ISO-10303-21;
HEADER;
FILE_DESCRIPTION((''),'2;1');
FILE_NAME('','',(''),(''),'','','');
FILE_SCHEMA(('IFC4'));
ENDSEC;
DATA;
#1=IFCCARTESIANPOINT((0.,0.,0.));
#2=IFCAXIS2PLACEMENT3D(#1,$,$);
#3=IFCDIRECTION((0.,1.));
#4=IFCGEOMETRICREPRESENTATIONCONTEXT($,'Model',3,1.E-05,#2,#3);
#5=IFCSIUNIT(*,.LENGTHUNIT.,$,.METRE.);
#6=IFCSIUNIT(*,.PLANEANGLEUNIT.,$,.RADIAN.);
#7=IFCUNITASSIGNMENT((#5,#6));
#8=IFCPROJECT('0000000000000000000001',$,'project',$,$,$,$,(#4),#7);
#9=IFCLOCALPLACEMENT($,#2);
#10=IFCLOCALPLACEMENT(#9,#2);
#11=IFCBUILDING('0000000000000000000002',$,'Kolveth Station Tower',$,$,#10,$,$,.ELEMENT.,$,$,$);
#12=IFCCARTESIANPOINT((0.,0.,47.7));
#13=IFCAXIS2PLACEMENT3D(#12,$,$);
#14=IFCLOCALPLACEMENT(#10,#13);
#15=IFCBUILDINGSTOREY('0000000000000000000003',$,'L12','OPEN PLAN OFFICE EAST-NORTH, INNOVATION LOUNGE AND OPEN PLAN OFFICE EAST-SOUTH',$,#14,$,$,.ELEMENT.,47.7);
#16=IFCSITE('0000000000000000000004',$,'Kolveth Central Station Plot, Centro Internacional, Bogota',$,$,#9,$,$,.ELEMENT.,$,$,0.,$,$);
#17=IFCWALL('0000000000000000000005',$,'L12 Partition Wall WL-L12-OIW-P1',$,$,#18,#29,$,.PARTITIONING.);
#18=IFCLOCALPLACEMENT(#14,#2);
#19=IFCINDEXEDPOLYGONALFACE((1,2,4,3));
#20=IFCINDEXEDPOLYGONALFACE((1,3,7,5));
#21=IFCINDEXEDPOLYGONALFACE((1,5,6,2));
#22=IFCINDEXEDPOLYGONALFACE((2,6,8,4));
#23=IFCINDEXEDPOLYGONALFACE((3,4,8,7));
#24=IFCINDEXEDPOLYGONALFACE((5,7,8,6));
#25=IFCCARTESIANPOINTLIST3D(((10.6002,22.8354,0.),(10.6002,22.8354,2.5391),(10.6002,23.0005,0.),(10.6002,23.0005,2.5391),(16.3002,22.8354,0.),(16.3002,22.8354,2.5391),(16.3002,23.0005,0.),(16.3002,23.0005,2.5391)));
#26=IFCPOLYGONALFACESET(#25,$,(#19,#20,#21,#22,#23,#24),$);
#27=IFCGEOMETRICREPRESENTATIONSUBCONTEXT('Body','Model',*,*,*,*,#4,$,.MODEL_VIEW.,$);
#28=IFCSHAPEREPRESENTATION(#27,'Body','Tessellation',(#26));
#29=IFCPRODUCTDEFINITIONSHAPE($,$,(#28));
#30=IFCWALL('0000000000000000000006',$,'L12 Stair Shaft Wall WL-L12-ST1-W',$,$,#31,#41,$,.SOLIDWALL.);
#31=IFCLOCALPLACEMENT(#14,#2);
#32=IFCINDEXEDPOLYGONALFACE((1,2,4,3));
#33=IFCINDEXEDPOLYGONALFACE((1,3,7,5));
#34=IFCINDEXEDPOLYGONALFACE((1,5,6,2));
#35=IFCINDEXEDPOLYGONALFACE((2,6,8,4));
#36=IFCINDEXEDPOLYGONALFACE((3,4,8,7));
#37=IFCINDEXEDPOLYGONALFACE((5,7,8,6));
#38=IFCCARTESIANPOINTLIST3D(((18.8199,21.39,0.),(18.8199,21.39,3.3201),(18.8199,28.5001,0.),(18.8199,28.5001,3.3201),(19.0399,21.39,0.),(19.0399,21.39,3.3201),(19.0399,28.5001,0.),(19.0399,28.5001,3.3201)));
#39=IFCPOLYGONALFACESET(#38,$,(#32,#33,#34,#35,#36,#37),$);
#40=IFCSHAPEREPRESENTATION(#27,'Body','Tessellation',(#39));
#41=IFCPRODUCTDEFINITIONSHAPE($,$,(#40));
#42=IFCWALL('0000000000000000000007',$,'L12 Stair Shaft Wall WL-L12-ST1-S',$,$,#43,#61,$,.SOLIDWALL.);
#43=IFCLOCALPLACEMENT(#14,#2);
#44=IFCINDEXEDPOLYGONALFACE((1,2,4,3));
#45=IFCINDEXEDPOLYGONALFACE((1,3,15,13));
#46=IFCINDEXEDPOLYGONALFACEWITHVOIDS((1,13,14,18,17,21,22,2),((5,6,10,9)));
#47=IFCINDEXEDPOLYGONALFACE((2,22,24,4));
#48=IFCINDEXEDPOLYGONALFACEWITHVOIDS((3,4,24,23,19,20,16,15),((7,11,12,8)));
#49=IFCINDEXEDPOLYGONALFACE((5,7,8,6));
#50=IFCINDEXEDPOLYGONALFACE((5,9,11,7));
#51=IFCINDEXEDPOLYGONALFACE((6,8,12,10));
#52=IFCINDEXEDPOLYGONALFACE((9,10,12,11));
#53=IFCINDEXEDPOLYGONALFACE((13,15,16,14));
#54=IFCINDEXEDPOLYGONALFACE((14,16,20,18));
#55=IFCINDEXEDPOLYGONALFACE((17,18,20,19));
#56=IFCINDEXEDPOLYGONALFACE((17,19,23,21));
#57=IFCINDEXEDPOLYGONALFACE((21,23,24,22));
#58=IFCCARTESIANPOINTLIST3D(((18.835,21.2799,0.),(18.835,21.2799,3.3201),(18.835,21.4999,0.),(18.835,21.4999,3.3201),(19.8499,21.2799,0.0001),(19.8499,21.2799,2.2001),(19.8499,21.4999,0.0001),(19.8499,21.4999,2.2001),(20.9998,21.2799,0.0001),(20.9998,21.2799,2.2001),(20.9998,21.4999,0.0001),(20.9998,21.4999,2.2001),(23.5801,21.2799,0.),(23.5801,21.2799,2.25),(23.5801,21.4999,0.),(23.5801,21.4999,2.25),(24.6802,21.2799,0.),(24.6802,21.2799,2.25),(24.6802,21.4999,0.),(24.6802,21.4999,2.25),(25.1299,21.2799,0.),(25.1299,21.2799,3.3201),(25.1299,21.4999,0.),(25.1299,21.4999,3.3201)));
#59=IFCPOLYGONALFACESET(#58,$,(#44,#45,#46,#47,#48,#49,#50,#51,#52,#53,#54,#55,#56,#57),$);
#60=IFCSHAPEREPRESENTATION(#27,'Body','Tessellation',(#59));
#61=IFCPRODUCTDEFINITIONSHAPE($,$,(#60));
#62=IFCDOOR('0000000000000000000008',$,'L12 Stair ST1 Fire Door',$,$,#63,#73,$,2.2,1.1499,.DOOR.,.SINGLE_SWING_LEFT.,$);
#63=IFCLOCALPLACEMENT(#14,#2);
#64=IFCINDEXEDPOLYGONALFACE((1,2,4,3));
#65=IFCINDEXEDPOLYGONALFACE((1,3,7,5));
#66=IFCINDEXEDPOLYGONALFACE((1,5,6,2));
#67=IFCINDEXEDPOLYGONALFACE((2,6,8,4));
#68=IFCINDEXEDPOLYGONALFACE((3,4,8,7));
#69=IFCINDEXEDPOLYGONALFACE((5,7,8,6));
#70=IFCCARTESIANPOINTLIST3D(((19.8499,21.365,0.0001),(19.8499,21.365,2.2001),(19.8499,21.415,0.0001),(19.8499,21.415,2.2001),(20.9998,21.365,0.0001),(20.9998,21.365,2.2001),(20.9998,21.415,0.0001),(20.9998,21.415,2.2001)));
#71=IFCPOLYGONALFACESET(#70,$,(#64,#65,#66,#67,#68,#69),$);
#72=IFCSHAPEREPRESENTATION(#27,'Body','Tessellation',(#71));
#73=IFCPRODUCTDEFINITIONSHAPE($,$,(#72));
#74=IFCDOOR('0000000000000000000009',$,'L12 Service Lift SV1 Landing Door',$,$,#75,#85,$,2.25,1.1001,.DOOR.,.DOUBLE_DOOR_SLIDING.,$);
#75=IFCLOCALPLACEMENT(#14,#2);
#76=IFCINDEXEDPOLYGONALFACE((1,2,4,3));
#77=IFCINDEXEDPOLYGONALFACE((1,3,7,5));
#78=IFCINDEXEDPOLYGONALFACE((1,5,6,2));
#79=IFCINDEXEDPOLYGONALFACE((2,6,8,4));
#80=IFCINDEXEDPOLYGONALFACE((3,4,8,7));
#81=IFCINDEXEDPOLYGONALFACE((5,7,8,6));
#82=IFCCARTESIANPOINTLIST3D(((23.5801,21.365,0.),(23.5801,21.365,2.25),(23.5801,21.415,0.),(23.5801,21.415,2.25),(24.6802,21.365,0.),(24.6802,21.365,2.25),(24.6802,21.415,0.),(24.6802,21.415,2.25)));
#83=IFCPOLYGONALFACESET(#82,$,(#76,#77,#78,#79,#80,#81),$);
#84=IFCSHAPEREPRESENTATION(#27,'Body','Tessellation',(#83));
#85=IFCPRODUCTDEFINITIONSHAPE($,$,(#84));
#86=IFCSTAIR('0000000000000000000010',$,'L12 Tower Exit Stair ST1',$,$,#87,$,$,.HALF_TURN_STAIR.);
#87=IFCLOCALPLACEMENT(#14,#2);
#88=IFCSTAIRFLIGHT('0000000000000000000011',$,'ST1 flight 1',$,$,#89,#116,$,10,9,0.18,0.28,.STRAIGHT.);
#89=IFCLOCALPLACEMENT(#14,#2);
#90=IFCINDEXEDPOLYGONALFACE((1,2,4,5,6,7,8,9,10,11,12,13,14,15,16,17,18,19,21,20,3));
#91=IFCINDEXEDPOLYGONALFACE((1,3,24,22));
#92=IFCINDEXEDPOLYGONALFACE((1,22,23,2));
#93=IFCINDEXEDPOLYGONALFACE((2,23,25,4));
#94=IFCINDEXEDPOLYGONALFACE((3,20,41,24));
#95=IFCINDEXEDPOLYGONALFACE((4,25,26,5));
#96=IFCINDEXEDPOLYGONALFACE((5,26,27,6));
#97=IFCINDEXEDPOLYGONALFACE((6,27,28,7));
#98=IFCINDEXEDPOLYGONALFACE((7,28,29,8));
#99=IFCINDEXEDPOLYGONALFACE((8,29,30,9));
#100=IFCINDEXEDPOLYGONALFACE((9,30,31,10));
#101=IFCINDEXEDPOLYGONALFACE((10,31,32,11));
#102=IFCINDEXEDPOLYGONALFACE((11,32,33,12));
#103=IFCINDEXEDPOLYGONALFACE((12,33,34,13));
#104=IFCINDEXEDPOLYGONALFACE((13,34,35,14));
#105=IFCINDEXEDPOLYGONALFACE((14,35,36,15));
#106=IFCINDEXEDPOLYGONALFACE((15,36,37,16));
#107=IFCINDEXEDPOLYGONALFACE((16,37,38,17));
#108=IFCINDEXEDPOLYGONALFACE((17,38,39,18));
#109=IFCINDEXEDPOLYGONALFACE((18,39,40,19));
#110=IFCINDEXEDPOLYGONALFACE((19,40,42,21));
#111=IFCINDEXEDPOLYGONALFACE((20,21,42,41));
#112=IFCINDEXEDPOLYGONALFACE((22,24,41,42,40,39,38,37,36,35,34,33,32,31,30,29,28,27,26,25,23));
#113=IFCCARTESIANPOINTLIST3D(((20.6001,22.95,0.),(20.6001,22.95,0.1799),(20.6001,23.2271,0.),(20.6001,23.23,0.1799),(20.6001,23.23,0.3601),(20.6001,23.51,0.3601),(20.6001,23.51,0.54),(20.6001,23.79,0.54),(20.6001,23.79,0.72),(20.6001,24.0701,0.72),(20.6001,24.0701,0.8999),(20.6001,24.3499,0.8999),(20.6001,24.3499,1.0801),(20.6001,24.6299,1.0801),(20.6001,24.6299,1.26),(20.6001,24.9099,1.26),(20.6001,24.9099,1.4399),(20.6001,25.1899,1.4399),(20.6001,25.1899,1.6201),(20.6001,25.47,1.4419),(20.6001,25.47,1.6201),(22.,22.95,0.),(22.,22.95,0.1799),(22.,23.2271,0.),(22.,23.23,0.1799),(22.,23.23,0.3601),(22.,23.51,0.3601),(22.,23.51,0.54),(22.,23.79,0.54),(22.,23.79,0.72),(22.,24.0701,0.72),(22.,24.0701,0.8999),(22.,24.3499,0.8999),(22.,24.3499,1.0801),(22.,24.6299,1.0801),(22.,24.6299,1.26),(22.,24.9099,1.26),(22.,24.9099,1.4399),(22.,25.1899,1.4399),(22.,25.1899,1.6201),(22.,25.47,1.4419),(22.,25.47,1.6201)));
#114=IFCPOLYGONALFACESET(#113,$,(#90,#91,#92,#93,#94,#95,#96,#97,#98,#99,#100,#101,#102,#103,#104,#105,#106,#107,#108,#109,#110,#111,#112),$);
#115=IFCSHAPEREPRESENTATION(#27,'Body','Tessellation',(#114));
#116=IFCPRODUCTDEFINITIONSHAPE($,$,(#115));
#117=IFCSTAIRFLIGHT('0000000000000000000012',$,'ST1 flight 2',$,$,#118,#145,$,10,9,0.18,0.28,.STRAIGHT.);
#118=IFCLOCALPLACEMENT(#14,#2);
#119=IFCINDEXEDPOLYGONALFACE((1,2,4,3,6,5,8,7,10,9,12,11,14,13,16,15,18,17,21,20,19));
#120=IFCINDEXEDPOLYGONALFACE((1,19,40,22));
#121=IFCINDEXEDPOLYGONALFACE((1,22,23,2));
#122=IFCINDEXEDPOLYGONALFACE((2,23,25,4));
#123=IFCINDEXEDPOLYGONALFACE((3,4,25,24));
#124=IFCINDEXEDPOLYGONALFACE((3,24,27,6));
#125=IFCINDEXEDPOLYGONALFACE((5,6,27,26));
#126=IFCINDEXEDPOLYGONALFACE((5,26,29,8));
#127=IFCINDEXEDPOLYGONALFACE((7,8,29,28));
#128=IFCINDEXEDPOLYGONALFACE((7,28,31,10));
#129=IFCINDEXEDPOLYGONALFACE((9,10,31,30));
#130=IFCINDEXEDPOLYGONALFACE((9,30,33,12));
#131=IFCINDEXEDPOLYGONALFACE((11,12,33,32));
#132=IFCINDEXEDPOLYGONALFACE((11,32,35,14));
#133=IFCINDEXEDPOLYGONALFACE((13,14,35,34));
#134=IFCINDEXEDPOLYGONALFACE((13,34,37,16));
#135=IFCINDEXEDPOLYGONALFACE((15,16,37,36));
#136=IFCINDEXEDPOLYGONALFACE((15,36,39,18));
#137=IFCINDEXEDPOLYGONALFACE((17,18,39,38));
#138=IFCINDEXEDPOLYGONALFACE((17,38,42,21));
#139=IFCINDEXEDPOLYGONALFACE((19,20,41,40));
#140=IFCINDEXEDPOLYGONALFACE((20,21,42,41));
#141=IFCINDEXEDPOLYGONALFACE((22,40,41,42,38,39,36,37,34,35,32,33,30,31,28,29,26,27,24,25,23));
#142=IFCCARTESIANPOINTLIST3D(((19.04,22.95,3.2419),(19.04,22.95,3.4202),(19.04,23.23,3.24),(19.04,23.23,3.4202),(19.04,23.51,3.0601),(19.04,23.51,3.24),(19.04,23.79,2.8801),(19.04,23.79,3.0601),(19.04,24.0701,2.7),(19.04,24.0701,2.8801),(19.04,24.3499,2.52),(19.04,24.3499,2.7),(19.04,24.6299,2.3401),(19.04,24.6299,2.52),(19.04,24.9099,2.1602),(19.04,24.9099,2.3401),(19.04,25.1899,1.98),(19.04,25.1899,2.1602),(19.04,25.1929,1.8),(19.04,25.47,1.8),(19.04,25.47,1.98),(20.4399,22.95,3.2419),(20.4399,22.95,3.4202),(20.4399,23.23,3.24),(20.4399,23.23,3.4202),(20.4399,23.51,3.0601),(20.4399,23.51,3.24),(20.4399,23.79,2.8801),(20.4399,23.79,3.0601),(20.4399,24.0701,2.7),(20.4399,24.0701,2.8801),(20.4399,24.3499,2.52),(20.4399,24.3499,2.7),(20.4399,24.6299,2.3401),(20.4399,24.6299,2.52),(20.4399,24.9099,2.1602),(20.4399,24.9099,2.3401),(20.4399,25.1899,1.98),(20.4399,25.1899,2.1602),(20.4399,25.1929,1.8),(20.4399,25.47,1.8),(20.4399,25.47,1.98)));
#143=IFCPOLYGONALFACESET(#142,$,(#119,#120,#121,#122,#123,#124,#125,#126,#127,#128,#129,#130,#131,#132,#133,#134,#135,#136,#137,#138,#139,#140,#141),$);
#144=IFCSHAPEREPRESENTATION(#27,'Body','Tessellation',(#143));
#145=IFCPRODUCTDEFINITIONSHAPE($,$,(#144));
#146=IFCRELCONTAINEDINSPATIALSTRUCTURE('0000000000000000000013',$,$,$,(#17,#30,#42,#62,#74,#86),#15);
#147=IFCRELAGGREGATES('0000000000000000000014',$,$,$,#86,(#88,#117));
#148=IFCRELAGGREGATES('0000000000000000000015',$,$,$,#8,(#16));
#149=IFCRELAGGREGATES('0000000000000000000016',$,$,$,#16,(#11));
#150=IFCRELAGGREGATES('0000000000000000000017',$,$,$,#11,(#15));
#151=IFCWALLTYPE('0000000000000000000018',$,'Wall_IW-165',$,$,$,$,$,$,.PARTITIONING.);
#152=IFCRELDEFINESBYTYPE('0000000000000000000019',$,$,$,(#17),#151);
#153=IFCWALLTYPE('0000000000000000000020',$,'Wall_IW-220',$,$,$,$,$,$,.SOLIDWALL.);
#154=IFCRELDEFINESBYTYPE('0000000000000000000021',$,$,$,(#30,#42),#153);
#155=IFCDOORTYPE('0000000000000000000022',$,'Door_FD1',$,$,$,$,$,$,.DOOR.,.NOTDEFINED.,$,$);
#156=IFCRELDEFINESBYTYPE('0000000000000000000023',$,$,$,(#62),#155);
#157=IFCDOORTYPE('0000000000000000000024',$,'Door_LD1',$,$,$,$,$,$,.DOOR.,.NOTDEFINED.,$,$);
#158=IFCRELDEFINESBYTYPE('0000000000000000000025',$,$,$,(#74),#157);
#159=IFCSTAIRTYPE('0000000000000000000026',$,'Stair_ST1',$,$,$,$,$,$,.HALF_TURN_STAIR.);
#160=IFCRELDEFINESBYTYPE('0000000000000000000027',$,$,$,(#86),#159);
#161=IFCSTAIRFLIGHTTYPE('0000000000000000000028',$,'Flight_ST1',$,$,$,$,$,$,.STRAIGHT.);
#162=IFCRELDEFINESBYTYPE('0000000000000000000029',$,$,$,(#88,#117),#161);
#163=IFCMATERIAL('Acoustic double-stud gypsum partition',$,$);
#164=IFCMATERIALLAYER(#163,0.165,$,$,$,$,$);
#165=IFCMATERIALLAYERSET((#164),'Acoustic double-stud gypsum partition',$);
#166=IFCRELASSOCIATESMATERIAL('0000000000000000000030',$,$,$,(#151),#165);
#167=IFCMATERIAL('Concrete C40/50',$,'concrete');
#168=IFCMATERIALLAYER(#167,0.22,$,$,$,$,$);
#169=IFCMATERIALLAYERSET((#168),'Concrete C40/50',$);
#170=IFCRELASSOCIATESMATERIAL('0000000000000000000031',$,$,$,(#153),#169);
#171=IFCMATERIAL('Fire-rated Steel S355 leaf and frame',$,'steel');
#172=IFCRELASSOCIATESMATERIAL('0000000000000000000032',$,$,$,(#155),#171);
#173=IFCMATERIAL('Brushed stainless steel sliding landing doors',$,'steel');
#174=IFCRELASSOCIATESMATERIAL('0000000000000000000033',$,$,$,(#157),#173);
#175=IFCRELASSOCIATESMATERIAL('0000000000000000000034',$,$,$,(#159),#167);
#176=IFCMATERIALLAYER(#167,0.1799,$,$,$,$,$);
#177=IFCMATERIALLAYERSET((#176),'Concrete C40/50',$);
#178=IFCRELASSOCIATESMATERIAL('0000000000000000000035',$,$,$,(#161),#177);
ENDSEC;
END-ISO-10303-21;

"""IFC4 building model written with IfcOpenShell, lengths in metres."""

from ifc_helpers import new_model, si_unit, direction, frame, frame_2d, origin, place, context, subcontext, project, spatial, polyline, rectangle, outline, extrude, material, layer, layer_set, type_object, element, fill, aggregate, save


model = new_model("IFC4")

# Units and contexts
model_context = context("Model", 3, precision=1e-05, world=origin(), true_north=direction((0.0, 1.0)))
body_context = subcontext(model_context, "Body", "Model", "MODEL_VIEW")
ifc_project = project(units=[si_unit("LENGTHUNIT", "METRE"), si_unit("PLANEANGLEUNIT", "RADIAN")], contexts=[model_context])

# Site, building, storey
site_placement = place(None, origin())
site = spatial("IfcSite", under=ifc_project, at=site_placement, Name="Kolveth Central Station Plot, Centro Internacional, Bogota", CompositionType="ELEMENT", RefElevation=0.0)
building_placement = place(site_placement, origin())
building = spatial("IfcBuilding", under=site, at=building_placement, Name="Kolveth Station Tower", CompositionType="ELEMENT")
storey_placement = place(building_placement, frame((0.0, 0.0, 47.7)))
storey = spatial("IfcBuildingStorey", under=building, at=storey_placement, Name="L12", Description="OPEN PLAN OFFICE EAST-NORTH, INNOVATION LOUNGE AND OPEN PLAN OFFICE EAST-SOUTH", CompositionType="ELEMENT", Elevation=47.7)

# Walls
ifc_material_1 = material(Name="Acoustic double-stud gypsum partition")
ifc_layer_1 = layer(ifc_material_1, 0.165)
ifc_layer_set_1 = layer_set([ifc_layer_1], Name="Acoustic double-stud gypsum partition")
wall_type_1 = type_object("IfcWallType", Name="Wall_IW-165", PredefinedType="PARTITIONING", material=ifc_layer_set_1)
wall_1_placement = place(storey_placement, frame((10.6001, 22.918, 0.0), z_axis=(0.0, 0.0, 1.0), x_axis=(1.0, 0.0, 0.0)))
element("IfcWall", 1, at=wall_1_placement, inside=storey, type_object=wall_type_1, Name="L12 Partition Wall WL-L12-OIW-P1", PredefinedType="PARTITIONING", context=body_context, shape_type="SweptSolid", body=[
    extrude(rectangle(XDim=5.7, YDim=0.165, at=frame_2d((2.8501, 0.0))), origin(), (0.0, 0.0, 1.0), 2.5391),
])
ifc_material_2 = material(Name="Concrete C40/50", Category="concrete")
ifc_layer_2 = layer(ifc_material_2, 0.22)
ifc_layer_set_2 = layer_set([ifc_layer_2], Name="Concrete C40/50")
wall_type_2 = type_object("IfcWallType", Name="Wall_IW-220", PredefinedType="SOLIDWALL", material=ifc_layer_set_2)
wall_2_placement = place(storey_placement, frame((18.9299, 21.3899, 0.0), z_axis=(0.0, 0.0, 1.0), x_axis=(0.0, 1.0, 0.0)))
element("IfcWall", 2, at=wall_2_placement, inside=storey, type_object=wall_type_2, Name="L12 Stair Shaft Wall WL-L12-ST1-W", PredefinedType="SOLIDWALL", context=body_context, shape_type="SweptSolid", body=[
    extrude(rectangle(XDim=7.1101, YDim=0.22, at=frame_2d((3.5552, 0.0))), origin(), (0.0, 0.0, 1.0), 3.3201),
])

# Wall, openings, doors
wall_3_placement = place(storey_placement, frame((18.835, 21.3899, 0.0), z_axis=(0.0, 0.0, 1.0), x_axis=(1.0, 0.0, 0.0)))
wall_3 = element("IfcWall", 3, at=wall_3_placement, inside=storey, type_object=wall_type_2, Name="L12 Stair Shaft Wall WL-L12-ST1-S", PredefinedType="SOLIDWALL", context=body_context, shape_type="SweptSolid", body=[
    extrude(rectangle(XDim=6.2949, YDim=0.22, at=frame_2d((3.1475, 0.0))), origin(), (0.0, 0.0, 1.0), 3.3201),
])
opening_1_placement = place(wall_3_placement, frame((1.0149, 0.0, 0.0)))
opening_1 = element("IfcOpeningElement", 4, at=opening_1_placement, cuts=wall_3, PredefinedType="OPENING", context=body_context, shape_type="SweptSolid", body=[
    extrude(rectangle(XDim=1.1499, YDim=2.2, at=frame_2d((0.575, 1.1001))), frame((0.0, 0.1199, 0.0), z_axis=(0.0, -1.0, 0.0), x_axis=(1.0, 0.0, 0.0)), (0.0, 0.0, 1.0), 0.24),
])
opening_2_placement = place(wall_3_placement, frame((4.7451, 0.0, 0.0)))
opening_2 = element("IfcOpeningElement", 5, at=opening_2_placement, cuts=wall_3, PredefinedType="OPENING", context=body_context, shape_type="SweptSolid", body=[
    extrude(rectangle(XDim=1.1001, YDim=2.25, at=frame_2d((0.55, 1.125))), frame((0.0, 0.1199, 0.0), z_axis=(0.0, -1.0, 0.0), x_axis=(1.0, 0.0, 0.0)), (0.0, 0.0, 1.0), 0.24),
])
ifc_material_3 = material(Name="Fire-rated Steel S355 leaf and frame", Category="steel")
door_type_1 = type_object("IfcDoorType", Name="Door_FD1", OperationType="NOTDEFINED", PredefinedType="DOOR", material=ifc_material_3)
door_1_placement = place(opening_1_placement, frame((1.1499, 0.0, 0.0), z_axis=(0.0, 0.0, 1.0), x_axis=(-1.0, 0.0, 0.0)))
door_1 = element("IfcDoor", 6, at=door_1_placement, inside=storey, type_object=door_type_1, Name="L12 Stair ST1 Fire Door", OperationType="SINGLE_SWING_LEFT", OverallHeight=2.2, OverallWidth=1.1499, PredefinedType="DOOR", context=body_context, shape_type="SweptSolid", body=[
    extrude(rectangle(XDim=1.1499, YDim=2.2, at=frame_2d((0.575, 1.1001))), frame((0.0, 0.0249, 0.0), z_axis=(0.0, -1.0, 0.0), x_axis=(1.0, 0.0, 0.0)), (0.0, 0.0, 1.0), 0.05),
])
fill(opening_1, door_1)
ifc_material_4 = material(Name="Brushed stainless steel sliding landing doors", Category="steel")
door_type_2 = type_object("IfcDoorType", Name="Door_LD1", OperationType="NOTDEFINED", PredefinedType="DOOR", material=ifc_material_4)
door_2_placement = place(opening_2_placement, frame((1.1001, 0.0, 0.0), z_axis=(0.0, 0.0, 1.0), x_axis=(-1.0, 0.0, 0.0)))
door_2 = element("IfcDoor", 7, at=door_2_placement, inside=storey, type_object=door_type_2, Name="L12 Service Lift SV1 Landing Door", OperationType="DOUBLE_DOOR_SLIDING", OverallHeight=2.25, OverallWidth=1.1001, PredefinedType="DOOR", context=body_context, shape_type="SweptSolid", body=[
    extrude(rectangle(XDim=1.1001, YDim=2.25, at=frame_2d((0.55, 1.125))), frame((0.0, 0.0249, 0.0), z_axis=(0.0, -1.0, 0.0), x_axis=(1.0, 0.0, 0.0)), (0.0, 0.0, 1.0), 0.05),
])
fill(opening_2, door_2)

# Stair, stair flights
stair_type = type_object("IfcStairType", Name="Stair_ST1", PredefinedType="HALF_TURN_STAIR", material=ifc_material_2)
stair_placement = place(storey_placement, origin())
stair = element("IfcStair", 8, at=stair_placement, inside=storey, type_object=stair_type, Name="L12 Tower Exit Stair ST1", PredefinedType="HALF_TURN_STAIR")
ifc_layer_3 = layer(ifc_material_2, 0.1799)
ifc_layer_set_3 = layer_set([ifc_layer_3], Name="Concrete C40/50")
stair_flight_type = type_object("IfcStairFlightType", Name="Flight_ST1", PredefinedType="STRAIGHT", material=ifc_layer_set_3)
stair_flight_1_placement = place(storey_placement, frame((21.3, 22.95, 0.0), z_axis=(0.0, 0.0, 1.0), x_axis=(0.0, 1.0, 0.0)))
stair_flight_1 = element("IfcStairFlight", 9, at=stair_flight_1_placement, type_object=stair_flight_type, Name="ST1 flight 1", NumberOfRisers=10, NumberOfTreads=9, PredefinedType="STRAIGHT", RiserHeight=0.18, TreadLength=0.28, context=body_context, shape_type="SweptSolid", body=[
    extrude(outline(polyline([(0.0, 0.0), (0.0, 0.1799), (0.28, 0.1799), (0.28, 0.3601), (0.5601, 0.3601), (0.5601, 0.54), (0.8401, 0.54), (0.8401, 0.72), (1.1201, 0.72), (1.1201, 0.8999), (1.3999, 0.8999), (1.3999, 1.0801), (1.6799, 1.0801), (1.6799, 1.26), (1.96, 1.26), (1.96, 1.4399), (2.24, 1.4399), (2.24, 1.6201), (2.52, 1.6201), (2.52, 1.8), (2.52, 1.4419), (0.2771, 0.0), (0.0, 0.0)])), frame((0.0, 0.7, 0.0), z_axis=(0.0, -1.0, 0.0), x_axis=(1.0, 0.0, 0.0)), (0.0, 0.0, 1.0), 1.3999),
])
stair_flight_2_placement = place(storey_placement, frame((19.74, 25.47, 1.8), z_axis=(0.0, 0.0, 1.0), x_axis=(0.0, -1.0, 0.0)))
stair_flight_2 = element("IfcStairFlight", 10, at=stair_flight_2_placement, type_object=stair_flight_type, Name="ST1 flight 2", NumberOfRisers=10, NumberOfTreads=9, PredefinedType="STRAIGHT", RiserHeight=0.18, TreadLength=0.28, context=body_context, shape_type="SweptSolid", body=[
    extrude(outline(polyline([(0.0, 0.0), (0.0, 0.1799), (0.28, 0.1799), (0.28, 0.3601), (0.5601, 0.3601), (0.5601, 0.54), (0.8401, 0.54), (0.8401, 0.72), (1.1201, 0.72), (1.1201, 0.8999), (1.3999, 0.8999), (1.3999, 1.0801), (1.6799, 1.0801), (1.6799, 1.26), (1.96, 1.26), (1.96, 1.4399), (2.24, 1.4399), (2.24, 1.6201), (2.52, 1.6201), (2.52, 1.8), (2.52, 1.4419), (0.2771, 0.0), (0.0, 0.0)])), frame((0.0, 0.7, 0.0), z_axis=(0.0, -1.0, 0.0), x_axis=(1.0, 0.0, 0.0)), (0.0, 0.0, 1.0), 1.3999),
])
aggregate(stair, [stair_flight_1, stair_flight_2])

save(model, "model.ifc")
